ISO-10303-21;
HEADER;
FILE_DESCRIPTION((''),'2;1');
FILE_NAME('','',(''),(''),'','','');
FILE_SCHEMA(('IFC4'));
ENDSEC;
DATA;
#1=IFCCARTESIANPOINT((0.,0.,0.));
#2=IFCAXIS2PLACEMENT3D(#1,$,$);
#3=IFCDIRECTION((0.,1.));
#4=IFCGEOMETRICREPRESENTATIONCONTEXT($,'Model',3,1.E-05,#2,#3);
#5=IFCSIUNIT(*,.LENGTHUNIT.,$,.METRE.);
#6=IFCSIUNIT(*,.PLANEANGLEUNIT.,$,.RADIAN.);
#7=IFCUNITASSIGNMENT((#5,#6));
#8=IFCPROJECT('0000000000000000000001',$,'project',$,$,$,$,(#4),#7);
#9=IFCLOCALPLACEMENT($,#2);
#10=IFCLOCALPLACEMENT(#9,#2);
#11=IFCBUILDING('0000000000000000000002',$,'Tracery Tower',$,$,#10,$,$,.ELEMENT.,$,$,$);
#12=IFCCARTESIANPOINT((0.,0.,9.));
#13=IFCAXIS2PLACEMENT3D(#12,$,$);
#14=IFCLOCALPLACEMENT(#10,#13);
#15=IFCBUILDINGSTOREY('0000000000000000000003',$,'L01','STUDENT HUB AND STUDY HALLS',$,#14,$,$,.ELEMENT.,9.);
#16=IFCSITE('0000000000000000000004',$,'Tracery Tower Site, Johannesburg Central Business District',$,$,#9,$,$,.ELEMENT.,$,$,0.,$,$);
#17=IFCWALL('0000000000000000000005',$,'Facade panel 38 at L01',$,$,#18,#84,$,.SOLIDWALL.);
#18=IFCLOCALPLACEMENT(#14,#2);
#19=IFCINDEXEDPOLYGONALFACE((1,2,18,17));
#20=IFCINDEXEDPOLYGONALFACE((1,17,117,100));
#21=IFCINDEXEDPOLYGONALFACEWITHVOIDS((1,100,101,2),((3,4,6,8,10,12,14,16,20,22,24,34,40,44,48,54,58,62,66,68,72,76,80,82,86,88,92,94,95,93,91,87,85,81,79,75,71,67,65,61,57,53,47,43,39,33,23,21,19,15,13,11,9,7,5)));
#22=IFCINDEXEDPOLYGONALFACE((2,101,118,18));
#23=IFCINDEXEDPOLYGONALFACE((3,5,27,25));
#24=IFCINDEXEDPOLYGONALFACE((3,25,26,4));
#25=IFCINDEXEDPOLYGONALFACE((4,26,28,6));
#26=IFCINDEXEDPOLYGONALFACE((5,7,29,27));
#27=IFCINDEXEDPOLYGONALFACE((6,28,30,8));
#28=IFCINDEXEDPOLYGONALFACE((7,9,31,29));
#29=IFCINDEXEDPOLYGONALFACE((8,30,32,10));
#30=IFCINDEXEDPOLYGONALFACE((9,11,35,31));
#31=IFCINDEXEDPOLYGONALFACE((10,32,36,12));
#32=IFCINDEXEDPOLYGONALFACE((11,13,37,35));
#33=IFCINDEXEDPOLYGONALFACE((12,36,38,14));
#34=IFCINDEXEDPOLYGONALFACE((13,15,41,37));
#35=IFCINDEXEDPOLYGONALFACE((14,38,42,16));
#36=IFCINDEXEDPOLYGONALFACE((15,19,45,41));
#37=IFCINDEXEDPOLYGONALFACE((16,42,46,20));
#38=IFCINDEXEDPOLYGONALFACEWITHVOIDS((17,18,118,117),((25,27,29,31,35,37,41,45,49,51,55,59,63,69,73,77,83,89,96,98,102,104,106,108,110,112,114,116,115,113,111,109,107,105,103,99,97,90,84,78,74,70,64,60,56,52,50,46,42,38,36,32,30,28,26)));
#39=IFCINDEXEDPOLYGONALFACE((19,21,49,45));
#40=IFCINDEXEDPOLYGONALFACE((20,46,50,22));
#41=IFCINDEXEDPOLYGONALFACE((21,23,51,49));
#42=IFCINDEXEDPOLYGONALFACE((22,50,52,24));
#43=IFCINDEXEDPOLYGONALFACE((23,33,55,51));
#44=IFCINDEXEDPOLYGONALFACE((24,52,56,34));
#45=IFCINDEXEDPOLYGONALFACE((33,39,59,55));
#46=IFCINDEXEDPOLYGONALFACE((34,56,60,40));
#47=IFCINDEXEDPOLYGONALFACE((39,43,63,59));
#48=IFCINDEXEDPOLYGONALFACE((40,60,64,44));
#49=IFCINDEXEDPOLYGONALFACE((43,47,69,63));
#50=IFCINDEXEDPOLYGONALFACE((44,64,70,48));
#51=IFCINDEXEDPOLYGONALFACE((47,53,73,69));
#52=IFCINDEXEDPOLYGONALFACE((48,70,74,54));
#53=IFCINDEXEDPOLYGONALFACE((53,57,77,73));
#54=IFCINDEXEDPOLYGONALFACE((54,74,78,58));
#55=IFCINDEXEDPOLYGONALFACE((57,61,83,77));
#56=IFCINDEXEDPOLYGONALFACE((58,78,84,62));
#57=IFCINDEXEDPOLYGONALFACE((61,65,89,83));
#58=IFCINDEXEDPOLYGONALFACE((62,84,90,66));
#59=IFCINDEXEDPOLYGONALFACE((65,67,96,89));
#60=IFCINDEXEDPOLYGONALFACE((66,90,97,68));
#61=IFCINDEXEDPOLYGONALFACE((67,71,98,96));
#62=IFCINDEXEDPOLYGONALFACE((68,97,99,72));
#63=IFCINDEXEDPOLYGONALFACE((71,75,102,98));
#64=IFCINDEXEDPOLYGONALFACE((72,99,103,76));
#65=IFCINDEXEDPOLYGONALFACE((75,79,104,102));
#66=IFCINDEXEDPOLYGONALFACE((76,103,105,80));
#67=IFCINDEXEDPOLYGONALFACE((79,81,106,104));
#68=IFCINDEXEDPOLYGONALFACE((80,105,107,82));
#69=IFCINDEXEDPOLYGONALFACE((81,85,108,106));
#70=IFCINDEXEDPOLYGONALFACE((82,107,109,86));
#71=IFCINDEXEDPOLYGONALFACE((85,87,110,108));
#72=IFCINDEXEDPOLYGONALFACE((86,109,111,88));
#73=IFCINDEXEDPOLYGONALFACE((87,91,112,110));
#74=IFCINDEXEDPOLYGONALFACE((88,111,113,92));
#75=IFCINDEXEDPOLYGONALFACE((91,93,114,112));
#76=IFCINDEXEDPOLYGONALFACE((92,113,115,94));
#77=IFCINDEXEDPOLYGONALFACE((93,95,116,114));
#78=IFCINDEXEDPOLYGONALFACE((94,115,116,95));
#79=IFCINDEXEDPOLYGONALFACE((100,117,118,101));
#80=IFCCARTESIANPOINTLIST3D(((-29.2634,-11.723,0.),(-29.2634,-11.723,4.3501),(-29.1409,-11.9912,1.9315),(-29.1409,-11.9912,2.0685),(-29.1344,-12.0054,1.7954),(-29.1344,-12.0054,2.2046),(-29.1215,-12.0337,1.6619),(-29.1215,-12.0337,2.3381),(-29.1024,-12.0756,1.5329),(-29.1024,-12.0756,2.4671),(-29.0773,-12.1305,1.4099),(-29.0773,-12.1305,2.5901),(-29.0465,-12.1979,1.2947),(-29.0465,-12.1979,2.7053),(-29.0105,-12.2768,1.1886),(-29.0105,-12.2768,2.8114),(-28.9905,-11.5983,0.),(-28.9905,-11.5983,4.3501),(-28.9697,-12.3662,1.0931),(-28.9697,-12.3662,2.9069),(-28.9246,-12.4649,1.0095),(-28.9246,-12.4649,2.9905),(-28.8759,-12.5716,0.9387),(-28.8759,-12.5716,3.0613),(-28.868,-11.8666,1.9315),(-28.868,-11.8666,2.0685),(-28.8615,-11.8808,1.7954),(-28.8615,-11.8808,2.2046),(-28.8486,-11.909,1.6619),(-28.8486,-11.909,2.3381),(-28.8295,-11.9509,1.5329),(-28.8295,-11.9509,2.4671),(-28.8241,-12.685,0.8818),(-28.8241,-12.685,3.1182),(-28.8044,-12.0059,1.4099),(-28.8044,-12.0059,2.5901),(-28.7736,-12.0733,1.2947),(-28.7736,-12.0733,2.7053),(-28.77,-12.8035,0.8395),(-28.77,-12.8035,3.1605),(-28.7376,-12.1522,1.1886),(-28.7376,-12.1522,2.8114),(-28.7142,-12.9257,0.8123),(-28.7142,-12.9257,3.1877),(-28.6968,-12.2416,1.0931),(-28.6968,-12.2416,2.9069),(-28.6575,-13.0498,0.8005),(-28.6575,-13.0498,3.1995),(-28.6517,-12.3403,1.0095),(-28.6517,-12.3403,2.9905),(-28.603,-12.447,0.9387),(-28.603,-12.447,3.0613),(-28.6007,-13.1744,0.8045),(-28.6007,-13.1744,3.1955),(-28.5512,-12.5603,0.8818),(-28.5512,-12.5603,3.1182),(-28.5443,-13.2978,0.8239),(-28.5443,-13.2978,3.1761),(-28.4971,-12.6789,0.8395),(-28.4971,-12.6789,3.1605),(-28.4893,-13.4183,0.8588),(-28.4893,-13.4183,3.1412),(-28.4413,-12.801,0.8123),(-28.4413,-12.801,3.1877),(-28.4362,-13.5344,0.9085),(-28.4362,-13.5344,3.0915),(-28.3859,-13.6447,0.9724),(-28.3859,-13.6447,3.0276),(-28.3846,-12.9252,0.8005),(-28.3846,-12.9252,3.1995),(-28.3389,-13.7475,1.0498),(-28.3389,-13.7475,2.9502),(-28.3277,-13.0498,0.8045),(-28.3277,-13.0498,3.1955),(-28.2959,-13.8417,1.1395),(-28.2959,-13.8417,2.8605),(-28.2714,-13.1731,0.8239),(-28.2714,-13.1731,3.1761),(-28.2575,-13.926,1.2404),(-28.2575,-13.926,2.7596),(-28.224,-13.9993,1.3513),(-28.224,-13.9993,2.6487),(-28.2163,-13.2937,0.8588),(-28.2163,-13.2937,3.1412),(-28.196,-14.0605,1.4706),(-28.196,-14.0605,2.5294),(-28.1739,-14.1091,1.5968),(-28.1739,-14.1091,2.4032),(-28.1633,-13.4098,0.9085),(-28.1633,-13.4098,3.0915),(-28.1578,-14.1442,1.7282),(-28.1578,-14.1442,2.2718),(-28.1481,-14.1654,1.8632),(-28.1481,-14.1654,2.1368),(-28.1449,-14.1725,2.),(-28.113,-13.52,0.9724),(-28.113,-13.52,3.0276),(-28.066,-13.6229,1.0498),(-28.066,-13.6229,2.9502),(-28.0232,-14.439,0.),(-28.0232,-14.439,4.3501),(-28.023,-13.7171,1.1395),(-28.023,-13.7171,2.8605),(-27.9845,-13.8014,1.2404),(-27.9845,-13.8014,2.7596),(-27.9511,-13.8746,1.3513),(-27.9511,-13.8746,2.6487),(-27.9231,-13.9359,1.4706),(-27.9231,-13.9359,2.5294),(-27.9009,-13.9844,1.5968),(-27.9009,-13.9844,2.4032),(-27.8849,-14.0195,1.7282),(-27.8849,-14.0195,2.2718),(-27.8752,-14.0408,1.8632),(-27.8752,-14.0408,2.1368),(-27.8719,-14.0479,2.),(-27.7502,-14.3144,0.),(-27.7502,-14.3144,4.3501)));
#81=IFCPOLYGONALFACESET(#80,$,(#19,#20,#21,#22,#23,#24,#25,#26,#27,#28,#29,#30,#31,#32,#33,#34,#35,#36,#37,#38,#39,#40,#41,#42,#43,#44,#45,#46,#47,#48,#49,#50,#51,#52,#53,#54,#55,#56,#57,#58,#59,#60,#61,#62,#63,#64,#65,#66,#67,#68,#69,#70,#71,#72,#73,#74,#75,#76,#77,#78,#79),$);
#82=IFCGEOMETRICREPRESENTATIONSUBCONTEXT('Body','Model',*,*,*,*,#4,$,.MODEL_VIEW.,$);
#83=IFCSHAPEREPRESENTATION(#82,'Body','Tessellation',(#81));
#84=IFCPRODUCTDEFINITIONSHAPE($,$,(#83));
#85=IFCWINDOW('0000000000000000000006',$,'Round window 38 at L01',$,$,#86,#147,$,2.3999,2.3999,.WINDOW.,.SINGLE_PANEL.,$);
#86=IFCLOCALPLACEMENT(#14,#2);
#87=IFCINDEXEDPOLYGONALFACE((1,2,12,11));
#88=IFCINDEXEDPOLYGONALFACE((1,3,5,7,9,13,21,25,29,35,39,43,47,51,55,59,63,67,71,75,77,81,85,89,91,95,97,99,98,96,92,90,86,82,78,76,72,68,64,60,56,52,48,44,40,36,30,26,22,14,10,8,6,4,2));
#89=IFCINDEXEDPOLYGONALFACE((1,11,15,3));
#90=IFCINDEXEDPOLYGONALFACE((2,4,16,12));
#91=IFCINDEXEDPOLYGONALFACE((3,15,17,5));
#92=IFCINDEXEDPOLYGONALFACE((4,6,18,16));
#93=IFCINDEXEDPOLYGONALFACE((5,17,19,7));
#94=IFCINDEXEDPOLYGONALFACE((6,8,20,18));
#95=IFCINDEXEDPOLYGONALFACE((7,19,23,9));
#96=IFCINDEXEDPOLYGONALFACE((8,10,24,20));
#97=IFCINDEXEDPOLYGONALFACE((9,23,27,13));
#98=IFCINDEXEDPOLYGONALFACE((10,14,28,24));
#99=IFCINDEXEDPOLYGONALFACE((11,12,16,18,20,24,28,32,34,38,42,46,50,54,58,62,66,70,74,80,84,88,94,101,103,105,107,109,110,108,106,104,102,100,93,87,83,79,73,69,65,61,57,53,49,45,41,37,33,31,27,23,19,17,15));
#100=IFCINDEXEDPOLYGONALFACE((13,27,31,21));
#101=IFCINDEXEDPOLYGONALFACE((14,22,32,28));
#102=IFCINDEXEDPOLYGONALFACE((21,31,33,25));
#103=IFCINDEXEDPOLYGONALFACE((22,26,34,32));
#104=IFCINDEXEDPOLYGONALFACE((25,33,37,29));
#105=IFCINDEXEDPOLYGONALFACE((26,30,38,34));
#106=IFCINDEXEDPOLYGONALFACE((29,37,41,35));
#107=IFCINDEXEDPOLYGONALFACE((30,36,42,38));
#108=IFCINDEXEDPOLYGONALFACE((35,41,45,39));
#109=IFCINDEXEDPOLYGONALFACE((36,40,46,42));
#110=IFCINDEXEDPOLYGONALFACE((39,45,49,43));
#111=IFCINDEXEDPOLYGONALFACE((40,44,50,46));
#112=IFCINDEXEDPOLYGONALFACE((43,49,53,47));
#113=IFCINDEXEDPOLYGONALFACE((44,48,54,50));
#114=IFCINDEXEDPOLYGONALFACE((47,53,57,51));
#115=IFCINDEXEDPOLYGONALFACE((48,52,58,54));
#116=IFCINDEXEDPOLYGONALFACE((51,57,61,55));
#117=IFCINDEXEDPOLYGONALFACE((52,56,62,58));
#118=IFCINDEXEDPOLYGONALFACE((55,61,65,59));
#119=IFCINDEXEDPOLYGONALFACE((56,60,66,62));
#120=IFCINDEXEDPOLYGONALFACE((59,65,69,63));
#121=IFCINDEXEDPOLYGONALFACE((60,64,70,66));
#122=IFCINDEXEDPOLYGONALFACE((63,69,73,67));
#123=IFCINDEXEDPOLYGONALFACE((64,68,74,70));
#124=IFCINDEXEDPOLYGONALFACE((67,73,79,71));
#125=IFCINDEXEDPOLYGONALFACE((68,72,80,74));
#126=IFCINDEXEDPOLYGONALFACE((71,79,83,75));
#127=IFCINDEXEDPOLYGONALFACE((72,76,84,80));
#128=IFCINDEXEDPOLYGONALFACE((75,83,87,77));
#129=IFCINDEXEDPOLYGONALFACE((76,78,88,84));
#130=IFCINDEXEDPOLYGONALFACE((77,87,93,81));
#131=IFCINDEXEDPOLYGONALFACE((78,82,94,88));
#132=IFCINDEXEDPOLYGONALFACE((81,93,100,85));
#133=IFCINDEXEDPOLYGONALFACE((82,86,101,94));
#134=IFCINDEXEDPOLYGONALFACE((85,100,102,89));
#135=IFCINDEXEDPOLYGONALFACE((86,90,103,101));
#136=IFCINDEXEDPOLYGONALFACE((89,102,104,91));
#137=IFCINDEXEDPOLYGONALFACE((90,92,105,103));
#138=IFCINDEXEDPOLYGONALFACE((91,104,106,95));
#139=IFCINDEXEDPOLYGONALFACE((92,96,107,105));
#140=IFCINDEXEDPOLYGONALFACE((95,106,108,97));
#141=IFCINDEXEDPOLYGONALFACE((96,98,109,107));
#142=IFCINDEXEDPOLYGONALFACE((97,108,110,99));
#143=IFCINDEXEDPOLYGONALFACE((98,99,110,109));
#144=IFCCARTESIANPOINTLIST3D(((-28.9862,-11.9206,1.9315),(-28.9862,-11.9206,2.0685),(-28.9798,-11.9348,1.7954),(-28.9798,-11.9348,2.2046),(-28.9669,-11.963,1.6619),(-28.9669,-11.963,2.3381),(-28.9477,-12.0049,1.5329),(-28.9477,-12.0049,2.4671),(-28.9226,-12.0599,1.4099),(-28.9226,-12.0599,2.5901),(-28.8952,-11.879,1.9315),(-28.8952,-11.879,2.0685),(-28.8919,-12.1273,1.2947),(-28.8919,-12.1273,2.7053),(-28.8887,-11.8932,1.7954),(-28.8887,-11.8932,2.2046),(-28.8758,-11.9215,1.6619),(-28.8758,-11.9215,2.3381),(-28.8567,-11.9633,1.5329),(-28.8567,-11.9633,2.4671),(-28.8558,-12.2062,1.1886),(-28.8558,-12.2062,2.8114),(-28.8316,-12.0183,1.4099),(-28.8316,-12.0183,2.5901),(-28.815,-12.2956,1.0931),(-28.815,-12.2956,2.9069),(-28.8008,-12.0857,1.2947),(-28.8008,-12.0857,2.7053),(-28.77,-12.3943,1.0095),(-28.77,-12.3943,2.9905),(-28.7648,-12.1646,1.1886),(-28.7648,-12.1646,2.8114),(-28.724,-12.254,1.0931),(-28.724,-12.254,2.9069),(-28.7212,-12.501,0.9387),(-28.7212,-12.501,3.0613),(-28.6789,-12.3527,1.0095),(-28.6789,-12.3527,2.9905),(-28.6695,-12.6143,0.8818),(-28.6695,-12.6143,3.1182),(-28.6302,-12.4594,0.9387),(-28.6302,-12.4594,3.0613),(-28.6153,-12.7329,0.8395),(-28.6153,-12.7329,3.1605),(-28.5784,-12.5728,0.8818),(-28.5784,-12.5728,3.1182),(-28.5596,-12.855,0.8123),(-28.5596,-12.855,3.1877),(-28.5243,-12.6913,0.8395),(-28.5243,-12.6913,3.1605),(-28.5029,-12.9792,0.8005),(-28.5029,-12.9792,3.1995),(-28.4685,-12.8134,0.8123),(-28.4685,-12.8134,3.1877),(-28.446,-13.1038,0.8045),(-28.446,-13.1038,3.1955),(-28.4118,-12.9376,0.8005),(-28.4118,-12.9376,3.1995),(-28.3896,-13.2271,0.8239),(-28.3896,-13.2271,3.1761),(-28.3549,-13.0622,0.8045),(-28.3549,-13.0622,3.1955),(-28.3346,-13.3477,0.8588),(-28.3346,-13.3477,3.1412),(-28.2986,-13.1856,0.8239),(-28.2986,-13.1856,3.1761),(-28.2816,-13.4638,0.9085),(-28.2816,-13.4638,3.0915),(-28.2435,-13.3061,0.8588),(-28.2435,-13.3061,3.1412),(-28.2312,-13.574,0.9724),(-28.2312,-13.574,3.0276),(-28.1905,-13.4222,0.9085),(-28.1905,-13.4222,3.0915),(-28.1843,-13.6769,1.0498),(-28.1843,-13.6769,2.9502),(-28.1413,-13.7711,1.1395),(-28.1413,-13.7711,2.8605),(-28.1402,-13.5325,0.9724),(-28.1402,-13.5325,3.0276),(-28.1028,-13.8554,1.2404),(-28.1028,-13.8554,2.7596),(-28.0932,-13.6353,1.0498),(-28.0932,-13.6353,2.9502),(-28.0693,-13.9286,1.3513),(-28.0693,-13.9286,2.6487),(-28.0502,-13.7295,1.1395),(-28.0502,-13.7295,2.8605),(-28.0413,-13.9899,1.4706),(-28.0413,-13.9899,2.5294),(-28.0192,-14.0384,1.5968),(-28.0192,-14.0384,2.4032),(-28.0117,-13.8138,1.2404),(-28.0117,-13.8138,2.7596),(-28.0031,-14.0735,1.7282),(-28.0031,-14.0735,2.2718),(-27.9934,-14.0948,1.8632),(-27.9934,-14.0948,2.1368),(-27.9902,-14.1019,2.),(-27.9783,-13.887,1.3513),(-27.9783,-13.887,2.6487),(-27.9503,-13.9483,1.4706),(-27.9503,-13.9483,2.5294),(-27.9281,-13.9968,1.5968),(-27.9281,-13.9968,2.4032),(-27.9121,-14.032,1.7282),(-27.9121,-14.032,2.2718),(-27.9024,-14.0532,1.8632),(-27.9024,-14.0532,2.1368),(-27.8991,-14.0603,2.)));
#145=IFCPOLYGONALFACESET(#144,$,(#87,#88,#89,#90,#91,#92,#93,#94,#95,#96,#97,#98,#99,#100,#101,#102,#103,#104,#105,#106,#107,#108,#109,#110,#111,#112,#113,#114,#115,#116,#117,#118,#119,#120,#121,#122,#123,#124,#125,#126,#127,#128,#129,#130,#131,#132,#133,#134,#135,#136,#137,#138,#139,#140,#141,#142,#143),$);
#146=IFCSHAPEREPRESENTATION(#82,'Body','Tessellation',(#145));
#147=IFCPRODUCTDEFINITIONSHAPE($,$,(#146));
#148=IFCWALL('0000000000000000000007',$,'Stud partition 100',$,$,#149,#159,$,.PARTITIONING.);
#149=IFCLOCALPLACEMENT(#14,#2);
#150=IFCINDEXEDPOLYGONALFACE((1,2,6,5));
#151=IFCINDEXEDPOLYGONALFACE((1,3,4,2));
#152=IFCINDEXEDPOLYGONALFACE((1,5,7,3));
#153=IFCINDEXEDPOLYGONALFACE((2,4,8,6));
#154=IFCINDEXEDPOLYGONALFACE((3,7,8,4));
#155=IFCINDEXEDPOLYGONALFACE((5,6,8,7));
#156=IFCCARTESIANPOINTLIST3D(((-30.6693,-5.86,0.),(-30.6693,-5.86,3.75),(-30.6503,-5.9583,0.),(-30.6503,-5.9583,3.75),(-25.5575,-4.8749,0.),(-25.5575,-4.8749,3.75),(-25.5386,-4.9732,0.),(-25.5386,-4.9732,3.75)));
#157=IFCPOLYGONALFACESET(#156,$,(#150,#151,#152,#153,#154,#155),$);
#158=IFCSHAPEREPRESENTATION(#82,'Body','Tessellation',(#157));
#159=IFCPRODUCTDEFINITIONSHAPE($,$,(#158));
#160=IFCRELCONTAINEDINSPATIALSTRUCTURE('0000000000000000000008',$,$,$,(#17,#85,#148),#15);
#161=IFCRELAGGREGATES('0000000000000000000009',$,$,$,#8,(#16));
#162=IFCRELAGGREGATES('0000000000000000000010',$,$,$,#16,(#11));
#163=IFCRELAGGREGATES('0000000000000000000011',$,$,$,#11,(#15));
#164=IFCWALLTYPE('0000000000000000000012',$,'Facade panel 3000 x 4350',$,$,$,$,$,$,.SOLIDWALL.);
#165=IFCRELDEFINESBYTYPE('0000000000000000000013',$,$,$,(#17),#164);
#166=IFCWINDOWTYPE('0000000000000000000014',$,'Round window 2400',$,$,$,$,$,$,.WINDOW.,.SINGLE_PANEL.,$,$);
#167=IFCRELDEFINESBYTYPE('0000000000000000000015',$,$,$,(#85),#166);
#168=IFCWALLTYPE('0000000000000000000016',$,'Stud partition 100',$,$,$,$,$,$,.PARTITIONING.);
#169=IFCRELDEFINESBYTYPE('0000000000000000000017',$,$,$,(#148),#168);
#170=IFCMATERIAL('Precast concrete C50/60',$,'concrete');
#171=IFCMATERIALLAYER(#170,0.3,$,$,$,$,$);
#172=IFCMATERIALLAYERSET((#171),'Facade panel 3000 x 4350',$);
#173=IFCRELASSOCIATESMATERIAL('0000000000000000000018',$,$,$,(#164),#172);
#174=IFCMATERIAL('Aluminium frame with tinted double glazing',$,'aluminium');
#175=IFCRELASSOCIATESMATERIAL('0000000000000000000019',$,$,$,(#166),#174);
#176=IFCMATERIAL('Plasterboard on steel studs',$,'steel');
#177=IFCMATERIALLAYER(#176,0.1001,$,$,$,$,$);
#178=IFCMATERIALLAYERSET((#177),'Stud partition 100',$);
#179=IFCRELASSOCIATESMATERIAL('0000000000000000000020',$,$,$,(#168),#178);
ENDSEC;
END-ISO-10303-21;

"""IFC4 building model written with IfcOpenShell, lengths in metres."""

from ifc_helpers import new_model, si_unit, direction, frame, frame_2d, origin, origin_2d, place, context, subcontext, project, spatial, rectangle, circle, extrude, material, layer, layer_set, type_object, element, fill, save


model = new_model("IFC4")

# Units and contexts
model_context = context("Model", 3, precision=1e-05, world=origin(), true_north=direction((0.0, 1.0)))
body_context = subcontext(model_context, "Body", "Model", "MODEL_VIEW")
ifc_project = project(units=[si_unit("LENGTHUNIT", "METRE"), si_unit("PLANEANGLEUNIT", "RADIAN")], contexts=[model_context])

# Site, building, storey
site_placement = place(None, origin())
site = spatial("IfcSite", under=ifc_project, at=site_placement, Name="Tracery Tower Site, Johannesburg Central Business District", CompositionType="ELEMENT", RefElevation=0.0)
building_placement = place(site_placement, origin())
building = spatial("IfcBuilding", under=site, at=building_placement, Name="Tracery Tower", CompositionType="ELEMENT")
storey_placement = place(building_placement, frame((0.0, 0.0, 9.0)))
storey = spatial("IfcBuildingStorey", under=building, at=storey_placement, Name="L01", Description="STUDENT HUB AND STUDY HALLS", CompositionType="ELEMENT", Elevation=9.0)

# Wall, opening, window
ifc_material_1 = material(Name="Precast concrete C50/60", Category="concrete")
ifc_layer_1 = layer(ifc_material_1, 0.3)
ifc_layer_set_1 = layer_set([ifc_layer_1], Name="Facade panel 3000 x 4350")
wall_type_1 = type_object("IfcWallType", Name="Facade panel 3000 x 4350", PredefinedType="SOLIDWALL", material=ifc_layer_set_1)
ifc_material_2 = material(Name="Aluminium frame with tinted double glazing", Category="aluminium")
window_type = type_object("IfcWindowType", Name="Round window 2400", PartitioningType="SINGLE_PANEL", PredefinedType="WINDOW", material=ifc_material_2)
wall_1_placement = place(storey_placement, frame((-29.127, -11.6606, 0.0), z_axis=(0.0, 0.0, 1.0), x_axis=(0.415373, -0.909651, 0.0)))
wall_1 = element("IfcWall", 1, at=wall_1_placement, inside=storey, type_object=wall_type_1, Name="Facade panel 38 at L01", PredefinedType="SOLIDWALL", context=body_context, shape_type="SweptSolid", body=[
    extrude(rectangle(XDim=2.9858, YDim=0.3, at=frame_2d((1.4929, 0.0))), origin(), (0.0, 0.0, 1.0), 4.3501),
])
opening_1_placement = place(wall_1_placement, frame((1.4929, 0.0, 2.0)))
opening_1 = element("IfcOpeningElement", 2, at=opening_1_placement, cuts=wall_1, PredefinedType="OPENING", context=body_context, shape_type="SweptSolid", body=[
    extrude(circle(Radius=1.2, at=origin_2d()), frame((0.0, 0.1599, 0.0), z_axis=(0.0, -1.0, 0.0), x_axis=(1.0, 0.0, 0.0)), (0.0, 0.0, 1.0), 0.3201),
])
window_1_placement = place(opening_1_placement, origin())
window_1 = element("IfcWindow", 3, at=window_1_placement, inside=storey, type_object=window_type, Name="Round window 38 at L01", OverallHeight=2.3999, OverallWidth=2.3999, PartitioningType="SINGLE_PANEL", PredefinedType="WINDOW", context=body_context, shape_type="SweptSolid", body=[
    extrude(circle(Radius=1.2, at=origin_2d()), frame((0.0, 0.1201, 0.0), z_axis=(0.0, -1.0, 0.0), x_axis=(1.0, 0.0, 0.0)), (0.0, 0.0, 1.0), 0.1001),
])
fill(opening_1, window_1)

# Wall
ifc_material_3 = material(Name="Plasterboard on steel studs", Category="steel")
ifc_layer_2 = layer(ifc_material_3, 0.1001)
ifc_layer_set_2 = layer_set([ifc_layer_2], Name="Stud partition 100")
wall_type_2 = type_object("IfcWallType", Name="Stud partition 100", PredefinedType="PARTITIONING", material=ifc_layer_set_2)
wall_2_placement = place(storey_placement, frame((-30.6599, -5.9092, 0.0), z_axis=(0.0, 0.0, 1.0), x_axis=(0.981933, 0.18923, 0.0)))
element("IfcWall", 4, at=wall_2_placement, inside=storey, type_object=wall_type_2, Name="Stud partition 100", PredefinedType="PARTITIONING", context=body_context, shape_type="SweptSolid", body=[
    extrude(rectangle(XDim=5.2058, YDim=0.1001, at=frame_2d((2.603, 0.0))), origin(), (0.0, 0.0, 1.0), 3.75),
])

save(model, "model.ifc")
